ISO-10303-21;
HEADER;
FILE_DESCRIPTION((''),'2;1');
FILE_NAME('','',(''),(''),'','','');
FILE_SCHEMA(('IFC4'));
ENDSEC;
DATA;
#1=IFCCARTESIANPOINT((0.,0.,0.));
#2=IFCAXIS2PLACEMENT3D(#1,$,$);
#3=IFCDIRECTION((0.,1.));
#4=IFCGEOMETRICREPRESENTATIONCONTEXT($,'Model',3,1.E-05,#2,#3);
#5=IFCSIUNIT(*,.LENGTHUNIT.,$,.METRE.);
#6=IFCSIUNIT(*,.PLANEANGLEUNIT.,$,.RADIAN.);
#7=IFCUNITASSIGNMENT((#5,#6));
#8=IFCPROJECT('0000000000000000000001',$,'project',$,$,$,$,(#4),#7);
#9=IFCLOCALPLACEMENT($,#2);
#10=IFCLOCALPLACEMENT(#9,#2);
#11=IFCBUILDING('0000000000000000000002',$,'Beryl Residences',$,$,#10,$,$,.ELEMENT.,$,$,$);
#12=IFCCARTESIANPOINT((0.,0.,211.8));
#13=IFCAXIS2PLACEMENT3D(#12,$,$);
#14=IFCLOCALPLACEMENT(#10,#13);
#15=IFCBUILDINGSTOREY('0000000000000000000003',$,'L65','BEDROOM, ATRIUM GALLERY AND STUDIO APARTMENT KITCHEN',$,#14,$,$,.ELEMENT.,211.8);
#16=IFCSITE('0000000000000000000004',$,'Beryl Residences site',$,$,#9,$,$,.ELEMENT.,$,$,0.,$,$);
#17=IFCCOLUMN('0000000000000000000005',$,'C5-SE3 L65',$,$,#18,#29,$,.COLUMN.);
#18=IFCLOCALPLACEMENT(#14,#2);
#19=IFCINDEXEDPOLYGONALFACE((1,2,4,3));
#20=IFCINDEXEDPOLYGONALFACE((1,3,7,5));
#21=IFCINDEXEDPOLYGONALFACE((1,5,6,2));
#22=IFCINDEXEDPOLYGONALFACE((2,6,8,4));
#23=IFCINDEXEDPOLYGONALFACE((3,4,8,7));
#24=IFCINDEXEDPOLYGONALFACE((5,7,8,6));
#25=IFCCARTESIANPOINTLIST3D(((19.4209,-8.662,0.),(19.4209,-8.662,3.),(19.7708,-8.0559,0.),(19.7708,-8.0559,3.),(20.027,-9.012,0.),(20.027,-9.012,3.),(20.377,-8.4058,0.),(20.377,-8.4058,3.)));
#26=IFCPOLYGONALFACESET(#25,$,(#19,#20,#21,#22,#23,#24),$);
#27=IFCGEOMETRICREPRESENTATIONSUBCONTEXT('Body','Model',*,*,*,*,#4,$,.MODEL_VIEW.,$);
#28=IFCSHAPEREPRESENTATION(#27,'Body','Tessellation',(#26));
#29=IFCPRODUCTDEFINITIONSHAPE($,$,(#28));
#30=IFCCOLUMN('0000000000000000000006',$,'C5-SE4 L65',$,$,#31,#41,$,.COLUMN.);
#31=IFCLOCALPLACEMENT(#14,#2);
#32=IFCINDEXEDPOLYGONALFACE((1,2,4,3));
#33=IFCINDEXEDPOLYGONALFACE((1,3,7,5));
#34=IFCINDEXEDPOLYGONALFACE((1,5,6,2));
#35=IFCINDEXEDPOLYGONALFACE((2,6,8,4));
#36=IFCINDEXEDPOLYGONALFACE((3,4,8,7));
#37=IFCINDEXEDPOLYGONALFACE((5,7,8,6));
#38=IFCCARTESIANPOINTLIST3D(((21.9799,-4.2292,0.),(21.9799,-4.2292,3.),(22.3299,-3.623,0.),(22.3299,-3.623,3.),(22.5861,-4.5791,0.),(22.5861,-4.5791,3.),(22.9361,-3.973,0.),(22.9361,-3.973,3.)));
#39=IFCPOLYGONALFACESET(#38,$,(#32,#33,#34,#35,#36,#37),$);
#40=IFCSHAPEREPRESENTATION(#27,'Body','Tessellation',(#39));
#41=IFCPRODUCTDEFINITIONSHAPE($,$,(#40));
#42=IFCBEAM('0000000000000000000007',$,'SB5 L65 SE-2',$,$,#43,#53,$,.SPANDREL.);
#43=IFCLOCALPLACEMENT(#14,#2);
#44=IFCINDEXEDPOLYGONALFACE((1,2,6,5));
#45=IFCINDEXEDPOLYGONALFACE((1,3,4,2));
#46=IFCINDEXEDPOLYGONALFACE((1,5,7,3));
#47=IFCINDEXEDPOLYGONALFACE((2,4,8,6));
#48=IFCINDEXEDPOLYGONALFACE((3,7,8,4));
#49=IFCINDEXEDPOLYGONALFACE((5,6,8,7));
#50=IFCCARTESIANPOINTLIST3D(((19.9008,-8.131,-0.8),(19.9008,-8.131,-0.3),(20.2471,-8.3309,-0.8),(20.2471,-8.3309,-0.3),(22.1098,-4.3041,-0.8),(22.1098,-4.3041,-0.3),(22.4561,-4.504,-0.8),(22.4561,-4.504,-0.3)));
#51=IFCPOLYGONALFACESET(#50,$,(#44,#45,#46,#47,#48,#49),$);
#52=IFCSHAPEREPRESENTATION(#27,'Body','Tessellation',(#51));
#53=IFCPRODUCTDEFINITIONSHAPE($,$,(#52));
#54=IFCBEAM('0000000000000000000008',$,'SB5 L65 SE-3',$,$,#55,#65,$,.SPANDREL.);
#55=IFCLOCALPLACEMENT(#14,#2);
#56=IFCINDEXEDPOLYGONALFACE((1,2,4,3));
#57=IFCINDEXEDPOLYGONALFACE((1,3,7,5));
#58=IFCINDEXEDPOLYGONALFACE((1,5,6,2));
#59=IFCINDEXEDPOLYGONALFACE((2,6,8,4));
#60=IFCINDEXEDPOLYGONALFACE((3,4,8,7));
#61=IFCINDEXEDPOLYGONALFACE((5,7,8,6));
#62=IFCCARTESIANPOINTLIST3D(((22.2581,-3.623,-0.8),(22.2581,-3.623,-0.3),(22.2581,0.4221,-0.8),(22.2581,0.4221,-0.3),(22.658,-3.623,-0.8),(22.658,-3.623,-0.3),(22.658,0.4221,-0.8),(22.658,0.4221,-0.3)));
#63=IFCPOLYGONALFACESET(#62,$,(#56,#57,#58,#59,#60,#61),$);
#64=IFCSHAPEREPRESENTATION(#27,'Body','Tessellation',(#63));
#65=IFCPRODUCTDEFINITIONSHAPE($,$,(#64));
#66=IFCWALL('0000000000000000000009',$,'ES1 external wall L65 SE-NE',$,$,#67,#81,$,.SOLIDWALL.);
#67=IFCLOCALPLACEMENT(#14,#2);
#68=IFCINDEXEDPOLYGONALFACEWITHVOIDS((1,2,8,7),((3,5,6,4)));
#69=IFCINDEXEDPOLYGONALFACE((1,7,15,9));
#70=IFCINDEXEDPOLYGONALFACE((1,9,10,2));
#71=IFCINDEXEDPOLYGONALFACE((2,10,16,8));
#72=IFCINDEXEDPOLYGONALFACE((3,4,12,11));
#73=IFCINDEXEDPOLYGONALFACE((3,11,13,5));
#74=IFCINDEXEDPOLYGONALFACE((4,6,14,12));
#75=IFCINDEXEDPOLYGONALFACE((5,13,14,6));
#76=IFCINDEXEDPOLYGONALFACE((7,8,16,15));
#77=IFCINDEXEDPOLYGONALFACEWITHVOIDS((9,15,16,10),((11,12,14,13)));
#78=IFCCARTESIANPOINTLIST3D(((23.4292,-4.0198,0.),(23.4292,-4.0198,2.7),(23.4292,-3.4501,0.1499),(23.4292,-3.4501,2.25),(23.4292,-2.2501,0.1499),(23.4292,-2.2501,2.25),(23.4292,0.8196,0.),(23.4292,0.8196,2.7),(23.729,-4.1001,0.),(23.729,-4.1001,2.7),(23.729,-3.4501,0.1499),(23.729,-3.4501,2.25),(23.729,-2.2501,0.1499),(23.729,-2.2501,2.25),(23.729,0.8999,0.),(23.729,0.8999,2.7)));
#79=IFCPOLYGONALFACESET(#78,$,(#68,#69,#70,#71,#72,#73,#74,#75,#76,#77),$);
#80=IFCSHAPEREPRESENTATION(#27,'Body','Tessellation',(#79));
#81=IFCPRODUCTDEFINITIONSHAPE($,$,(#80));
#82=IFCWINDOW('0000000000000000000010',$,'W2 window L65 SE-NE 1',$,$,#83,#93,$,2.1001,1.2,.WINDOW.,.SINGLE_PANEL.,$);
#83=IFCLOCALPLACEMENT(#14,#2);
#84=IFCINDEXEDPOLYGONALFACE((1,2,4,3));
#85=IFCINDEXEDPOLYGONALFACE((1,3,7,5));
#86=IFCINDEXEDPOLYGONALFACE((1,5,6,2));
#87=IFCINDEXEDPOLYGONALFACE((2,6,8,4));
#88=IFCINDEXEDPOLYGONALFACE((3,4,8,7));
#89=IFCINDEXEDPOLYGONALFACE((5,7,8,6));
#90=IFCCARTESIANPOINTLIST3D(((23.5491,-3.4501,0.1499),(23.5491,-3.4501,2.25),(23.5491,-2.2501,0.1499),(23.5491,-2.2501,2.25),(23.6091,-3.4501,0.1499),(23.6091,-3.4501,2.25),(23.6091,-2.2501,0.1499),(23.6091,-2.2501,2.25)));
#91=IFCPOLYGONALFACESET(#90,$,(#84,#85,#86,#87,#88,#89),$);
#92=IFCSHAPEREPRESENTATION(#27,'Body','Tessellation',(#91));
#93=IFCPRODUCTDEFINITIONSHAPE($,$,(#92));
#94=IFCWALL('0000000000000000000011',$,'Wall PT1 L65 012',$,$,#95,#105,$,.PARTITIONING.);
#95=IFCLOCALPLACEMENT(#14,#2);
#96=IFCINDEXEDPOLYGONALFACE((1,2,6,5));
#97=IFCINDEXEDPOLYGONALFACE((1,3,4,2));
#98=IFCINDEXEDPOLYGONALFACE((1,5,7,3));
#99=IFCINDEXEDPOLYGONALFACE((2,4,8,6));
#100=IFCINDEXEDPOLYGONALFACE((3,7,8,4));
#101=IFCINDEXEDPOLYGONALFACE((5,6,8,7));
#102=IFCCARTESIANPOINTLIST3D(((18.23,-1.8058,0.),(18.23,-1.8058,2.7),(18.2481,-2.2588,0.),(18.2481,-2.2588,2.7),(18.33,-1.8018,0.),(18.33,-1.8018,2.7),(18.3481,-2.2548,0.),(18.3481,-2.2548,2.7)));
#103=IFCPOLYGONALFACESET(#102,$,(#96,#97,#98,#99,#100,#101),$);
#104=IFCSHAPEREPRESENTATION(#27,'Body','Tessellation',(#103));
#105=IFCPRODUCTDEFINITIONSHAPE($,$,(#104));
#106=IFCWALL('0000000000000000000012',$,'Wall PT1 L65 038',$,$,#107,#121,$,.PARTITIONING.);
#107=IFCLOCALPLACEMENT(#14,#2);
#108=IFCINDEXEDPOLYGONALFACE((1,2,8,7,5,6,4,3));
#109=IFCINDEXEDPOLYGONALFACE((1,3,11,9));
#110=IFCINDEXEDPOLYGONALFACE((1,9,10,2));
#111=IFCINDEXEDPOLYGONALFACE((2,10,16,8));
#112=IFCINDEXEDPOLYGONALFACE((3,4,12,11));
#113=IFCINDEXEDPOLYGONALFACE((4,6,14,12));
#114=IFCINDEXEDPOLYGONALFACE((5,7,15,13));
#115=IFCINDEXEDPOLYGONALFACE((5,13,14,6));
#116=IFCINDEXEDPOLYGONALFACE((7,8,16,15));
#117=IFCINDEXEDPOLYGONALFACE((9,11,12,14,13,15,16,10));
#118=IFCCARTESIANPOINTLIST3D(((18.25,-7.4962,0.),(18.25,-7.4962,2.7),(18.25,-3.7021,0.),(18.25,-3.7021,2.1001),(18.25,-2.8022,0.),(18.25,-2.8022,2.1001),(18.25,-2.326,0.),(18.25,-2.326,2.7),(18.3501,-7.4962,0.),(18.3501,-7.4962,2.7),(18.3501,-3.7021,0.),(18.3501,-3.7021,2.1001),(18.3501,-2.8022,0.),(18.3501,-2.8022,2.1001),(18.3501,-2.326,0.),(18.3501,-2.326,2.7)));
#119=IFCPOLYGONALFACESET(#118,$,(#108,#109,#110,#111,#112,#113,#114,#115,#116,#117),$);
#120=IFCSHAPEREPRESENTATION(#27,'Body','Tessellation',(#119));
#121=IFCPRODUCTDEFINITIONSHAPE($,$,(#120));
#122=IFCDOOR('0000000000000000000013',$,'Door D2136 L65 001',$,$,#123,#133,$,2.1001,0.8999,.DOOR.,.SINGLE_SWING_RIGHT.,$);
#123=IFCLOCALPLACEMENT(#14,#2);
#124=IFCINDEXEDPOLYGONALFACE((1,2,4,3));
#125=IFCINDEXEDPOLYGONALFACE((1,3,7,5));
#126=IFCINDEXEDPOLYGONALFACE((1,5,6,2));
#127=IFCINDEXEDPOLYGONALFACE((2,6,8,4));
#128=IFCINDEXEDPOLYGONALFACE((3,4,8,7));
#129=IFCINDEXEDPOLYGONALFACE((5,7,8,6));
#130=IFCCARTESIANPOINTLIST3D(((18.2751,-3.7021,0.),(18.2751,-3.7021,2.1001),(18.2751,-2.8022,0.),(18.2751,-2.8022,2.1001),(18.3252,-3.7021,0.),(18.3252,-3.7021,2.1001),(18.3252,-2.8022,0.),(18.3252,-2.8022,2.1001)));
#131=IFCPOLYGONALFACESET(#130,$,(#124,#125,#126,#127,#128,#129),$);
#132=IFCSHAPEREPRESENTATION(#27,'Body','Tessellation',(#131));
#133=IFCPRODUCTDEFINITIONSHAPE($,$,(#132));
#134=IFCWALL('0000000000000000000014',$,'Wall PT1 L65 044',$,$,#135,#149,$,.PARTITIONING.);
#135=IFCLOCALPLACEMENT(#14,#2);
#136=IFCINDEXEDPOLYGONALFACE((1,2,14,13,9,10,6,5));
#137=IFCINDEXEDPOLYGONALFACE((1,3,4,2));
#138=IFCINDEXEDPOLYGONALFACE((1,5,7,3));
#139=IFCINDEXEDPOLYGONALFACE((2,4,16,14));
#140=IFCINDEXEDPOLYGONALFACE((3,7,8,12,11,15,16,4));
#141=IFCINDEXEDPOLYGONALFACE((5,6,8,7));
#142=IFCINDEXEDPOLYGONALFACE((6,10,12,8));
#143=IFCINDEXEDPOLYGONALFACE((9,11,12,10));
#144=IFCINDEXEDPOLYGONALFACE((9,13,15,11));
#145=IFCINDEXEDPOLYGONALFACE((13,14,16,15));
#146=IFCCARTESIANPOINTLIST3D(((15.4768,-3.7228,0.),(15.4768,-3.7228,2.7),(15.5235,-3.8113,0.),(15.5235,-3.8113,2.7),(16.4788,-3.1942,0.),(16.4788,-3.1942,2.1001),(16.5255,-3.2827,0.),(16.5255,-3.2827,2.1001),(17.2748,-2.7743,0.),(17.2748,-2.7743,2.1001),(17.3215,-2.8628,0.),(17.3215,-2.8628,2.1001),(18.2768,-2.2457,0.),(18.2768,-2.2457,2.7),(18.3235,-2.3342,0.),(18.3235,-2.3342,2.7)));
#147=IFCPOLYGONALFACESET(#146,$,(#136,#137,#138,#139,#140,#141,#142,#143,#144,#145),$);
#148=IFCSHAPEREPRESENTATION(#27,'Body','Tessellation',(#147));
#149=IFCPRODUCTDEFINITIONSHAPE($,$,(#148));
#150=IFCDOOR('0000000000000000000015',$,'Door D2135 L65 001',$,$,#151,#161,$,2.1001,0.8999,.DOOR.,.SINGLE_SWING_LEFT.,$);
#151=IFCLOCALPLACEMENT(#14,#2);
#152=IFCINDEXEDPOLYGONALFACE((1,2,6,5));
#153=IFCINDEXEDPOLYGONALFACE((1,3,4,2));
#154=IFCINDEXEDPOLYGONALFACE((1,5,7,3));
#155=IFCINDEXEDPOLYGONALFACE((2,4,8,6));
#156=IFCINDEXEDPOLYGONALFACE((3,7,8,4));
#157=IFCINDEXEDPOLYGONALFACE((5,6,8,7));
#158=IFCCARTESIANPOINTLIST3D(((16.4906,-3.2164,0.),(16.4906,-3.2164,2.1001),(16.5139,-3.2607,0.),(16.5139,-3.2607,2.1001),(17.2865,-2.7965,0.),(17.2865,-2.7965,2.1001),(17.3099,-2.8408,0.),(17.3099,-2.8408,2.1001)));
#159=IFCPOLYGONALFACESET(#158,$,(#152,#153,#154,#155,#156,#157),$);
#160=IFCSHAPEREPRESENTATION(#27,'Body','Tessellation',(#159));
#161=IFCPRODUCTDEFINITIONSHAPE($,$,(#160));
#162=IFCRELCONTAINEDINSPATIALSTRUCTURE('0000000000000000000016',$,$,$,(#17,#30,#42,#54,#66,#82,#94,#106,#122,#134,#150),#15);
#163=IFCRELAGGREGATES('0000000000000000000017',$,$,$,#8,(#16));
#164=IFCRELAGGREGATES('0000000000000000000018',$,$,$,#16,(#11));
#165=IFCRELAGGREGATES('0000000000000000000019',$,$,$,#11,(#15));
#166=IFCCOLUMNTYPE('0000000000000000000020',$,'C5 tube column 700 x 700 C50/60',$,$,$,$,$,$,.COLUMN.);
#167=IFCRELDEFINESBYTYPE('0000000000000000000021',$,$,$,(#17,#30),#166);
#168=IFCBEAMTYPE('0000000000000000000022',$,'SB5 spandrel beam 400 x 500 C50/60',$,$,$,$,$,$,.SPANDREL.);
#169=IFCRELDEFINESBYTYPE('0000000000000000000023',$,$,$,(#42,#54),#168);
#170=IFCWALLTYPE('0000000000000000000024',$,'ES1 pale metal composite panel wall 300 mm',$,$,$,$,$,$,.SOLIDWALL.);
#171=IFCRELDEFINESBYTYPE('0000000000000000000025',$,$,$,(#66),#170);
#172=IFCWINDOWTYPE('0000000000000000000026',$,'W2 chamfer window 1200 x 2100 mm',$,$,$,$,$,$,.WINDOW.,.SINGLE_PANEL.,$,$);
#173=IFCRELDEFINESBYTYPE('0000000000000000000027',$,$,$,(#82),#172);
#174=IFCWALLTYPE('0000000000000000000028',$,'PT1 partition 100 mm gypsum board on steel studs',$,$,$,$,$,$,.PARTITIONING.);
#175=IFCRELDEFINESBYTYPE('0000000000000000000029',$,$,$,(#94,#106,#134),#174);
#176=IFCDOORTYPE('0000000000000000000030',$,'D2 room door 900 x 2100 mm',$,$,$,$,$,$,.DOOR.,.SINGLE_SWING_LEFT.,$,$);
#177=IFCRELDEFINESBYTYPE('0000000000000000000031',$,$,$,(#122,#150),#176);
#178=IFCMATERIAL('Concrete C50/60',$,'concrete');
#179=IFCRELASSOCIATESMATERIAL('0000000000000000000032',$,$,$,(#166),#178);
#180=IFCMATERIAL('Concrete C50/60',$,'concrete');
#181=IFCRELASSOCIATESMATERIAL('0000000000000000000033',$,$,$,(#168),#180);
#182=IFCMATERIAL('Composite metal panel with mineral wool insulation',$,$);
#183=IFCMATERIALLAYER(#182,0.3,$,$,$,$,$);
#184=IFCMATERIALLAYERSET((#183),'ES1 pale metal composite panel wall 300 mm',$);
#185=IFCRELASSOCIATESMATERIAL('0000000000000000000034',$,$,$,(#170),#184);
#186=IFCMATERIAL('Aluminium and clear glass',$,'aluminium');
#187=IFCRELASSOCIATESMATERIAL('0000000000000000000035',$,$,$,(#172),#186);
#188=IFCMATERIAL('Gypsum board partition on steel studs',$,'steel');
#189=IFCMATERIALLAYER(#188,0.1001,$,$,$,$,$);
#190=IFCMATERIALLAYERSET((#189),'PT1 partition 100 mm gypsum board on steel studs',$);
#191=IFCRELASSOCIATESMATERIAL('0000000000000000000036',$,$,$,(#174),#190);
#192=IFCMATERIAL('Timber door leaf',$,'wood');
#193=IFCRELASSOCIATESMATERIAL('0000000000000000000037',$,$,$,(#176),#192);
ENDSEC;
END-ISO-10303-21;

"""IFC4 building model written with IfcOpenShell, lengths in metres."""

from ifc_helpers import new_model, si_unit, direction, frame, frame_2d, origin, origin_2d, place, context, subcontext, project, spatial, polyline, rectangle, outline, extrude, material, layer, layer_set, material_profile, profile_set, type_object, element, fill, save


model = new_model("IFC4")

# Units and contexts
model_context = context("Model", 3, precision=1e-05, world=origin(), true_north=direction((0.0, 1.0)))
body_context = subcontext(model_context, "Body", "Model", "MODEL_VIEW")
ifc_project = project(units=[si_unit("LENGTHUNIT", "METRE"), si_unit("PLANEANGLEUNIT", "RADIAN")], contexts=[model_context])

# Site, building, storey
site_placement = place(None, origin())
site = spatial("IfcSite", under=ifc_project, at=site_placement, Name="Beryl Residences site", CompositionType="ELEMENT", RefElevation=0.0)
building_placement = place(site_placement, origin())
building = spatial("IfcBuilding", under=site, at=building_placement, Name="Beryl Residences", CompositionType="ELEMENT")
storey_placement = place(building_placement, frame((0.0, 0.0, 211.8)))
storey = spatial("IfcBuildingStorey", under=building, at=storey_placement, Name="L65", Description="BEDROOM, ATRIUM GALLERY AND STUDIO APARTMENT KITCHEN", CompositionType="ELEMENT", Elevation=211.8)

# Columns
ifc_material_1 = material(Name="Concrete C50/60", Category="concrete")
ifc_material_profile_1 = material_profile(ifc_material_1, rectangle(XDim=0.7, YDim=0.7, at=origin_2d()))
ifc_profile_set_1 = profile_set([ifc_material_profile_1], Name="Concrete C50/60")
column_type = type_object("IfcColumnType", Name="C5 tube column 700 x 700 C50/60", PredefinedType="COLUMN", material=ifc_profile_set_1)
for number, where, z_axis, x_axis, name in (
    (1, (19.8989, -8.5339, 0.0), (0.0, 0.0, 1.0), (0.499985, 0.866034, 0.0), "C5-SE3 L65"),
    (2, (22.458, -4.1011, 0.0), (0.0, 0.0, 1.0), (0.499985, 0.866034, 0.0), "C5-SE4 L65"),
):
    element("IfcColumn", number, at=place(storey_placement, frame(where, z_axis=z_axis, x_axis=x_axis)), inside=storey, type_object=column_type, Name=name, PredefinedType="COLUMN", context=body_context, shape_type="SweptSolid", body=[
        extrude(rectangle(XDim=0.7, YDim=0.7, at=origin_2d()), origin(), (0.0, 0.0, 1.0), 3.0),
    ])

# Beams
ifc_material_2 = material(Name="Concrete C50/60", Category="concrete")
ifc_material_profile_2 = material_profile(ifc_material_2, rectangle(XDim=0.3999, YDim=0.5, at=origin_2d()))
ifc_profile_set_2 = profile_set([ifc_material_profile_2], Name="Concrete C50/60")
beam_type = type_object("IfcBeamType", Name="SB5 spandrel beam 400 x 500 C50/60", PredefinedType="SPANDREL", material=ifc_profile_set_2)
beam_1_placement = place(storey_placement, frame((20.074, -8.231, -0.55), z_axis=(0.499919, 0.866072, 0.0), x_axis=(-0.866072, 0.499919, 0.0)))
element("IfcBeam", 3, at=beam_1_placement, inside=storey, type_object=beam_type, Name="SB5 L65 SE-2", PredefinedType="SPANDREL", context=body_context, shape_type="SweptSolid", body=[
    extrude(rectangle(XDim=0.3999, YDim=0.5, at=origin_2d()), origin(), (0.0, 0.0, 1.0), 4.4187),
])
beam_2_placement = place(storey_placement, frame((22.458, -3.623, -0.55), z_axis=(0.0, 1.0, 0.0), x_axis=(-1.0, 0.0, 0.0)))
element("IfcBeam", 4, at=beam_2_placement, inside=storey, type_object=beam_type, Name="SB5 L65 SE-3", PredefinedType="SPANDREL", context=body_context, shape_type="SweptSolid", body=[
    extrude(rectangle(XDim=0.3999, YDim=0.5, at=origin_2d()), origin(), (0.0, 0.0, 1.0), 4.0452),
])

# Wall, opening, window
ifc_material_3 = material(Name="Composite metal panel with mineral wool insulation")
ifc_layer_1 = layer(ifc_material_3, 0.3)
ifc_layer_set_1 = layer_set([ifc_layer_1], Name="ES1 pale metal composite panel wall 300 mm")
wall_type_1 = type_object("IfcWallType", Name="ES1 pale metal composite panel wall 300 mm", PredefinedType="SOLIDWALL", material=ifc_layer_set_1)
wall_1_placement = place(storey_placement, frame((23.5791, -4.1001, 0.0), z_axis=(0.0, 0.0, 1.0), x_axis=(0.0, 1.0, 0.0)))
wall_1 = element("IfcWall", 5, at=wall_1_placement, inside=storey, type_object=wall_type_1, Name="ES1 external wall L65 SE-NE", PredefinedType="SOLIDWALL", context=body_context, shape_type="SweptSolid", body=[
    extrude(outline(polyline([(0.0, -0.1499), (5.0, -0.1499), (4.9197, 0.1499), (0.0803, 0.1499), (0.0, -0.1499)])), origin(), (0.0, 0.0, 1.0), 2.7),
])
opening_1_placement = place(wall_1_placement, frame((0.6499, 0.0, 0.1499)))
opening_1 = element("IfcOpeningElement", 6, at=opening_1_placement, cuts=wall_1, PredefinedType="OPENING", context=body_context, shape_type="SweptSolid", body=[
    extrude(rectangle(XDim=1.2, YDim=2.1001, at=frame_2d((0.6001, 1.05))), frame((0.0, 0.1599, 0.0), z_axis=(0.0, -1.0, 0.0), x_axis=(1.0, 0.0, 0.0)), (0.0, 0.0, 1.0), 0.3201),
])
ifc_material_4 = material(Name="Aluminium and clear glass", Category="aluminium")
window_type = type_object("IfcWindowType", Name="W2 chamfer window 1200 x 2100 mm", PartitioningType="SINGLE_PANEL", PredefinedType="WINDOW", material=ifc_material_4)
window_placement = place(opening_1_placement, origin())
window = element("IfcWindow", 7, at=window_placement, inside=storey, type_object=window_type, Name="W2 window L65 SE-NE 1", OverallHeight=2.1001, OverallWidth=1.2, PartitioningType="SINGLE_PANEL", PredefinedType="WINDOW", context=body_context, shape_type="SweptSolid", body=[
    extrude(rectangle(XDim=1.2, YDim=2.1001, at=frame_2d((0.6001, 1.05))), frame((0.0, 0.03, 0.0), z_axis=(0.0, -1.0, 0.0), x_axis=(1.0, 0.0, 0.0)), (0.0, 0.0, 1.0), 0.0601),
])
fill(opening_1, window)

# Wall
ifc_material_5 = material(Name="Gypsum board partition on steel studs", Category="steel")
ifc_layer_2 = layer(ifc_material_5, 0.1001)
ifc_layer_set_2 = layer_set([ifc_layer_2], Name="PT1 partition 100 mm gypsum board on steel studs")
wall_type_2 = type_object("IfcWallType", Name="PT1 partition 100 mm gypsum board on steel studs", PredefinedType="PARTITIONING", material=ifc_layer_set_2)
wall_2_placement = place(storey_placement, frame((18.28, -1.804, 0.0), z_axis=(0.0, 0.0, 1.0), x_axis=(0.039839, -0.999206, 0.0)))
element("IfcWall", 8, at=wall_2_placement, inside=storey, type_object=wall_type_2, Name="Wall PT1 L65 012", PredefinedType="PARTITIONING", context=body_context, shape_type="SweptSolid", body=[
    extrude(rectangle(XDim=0.4534, YDim=0.1001, at=frame_2d((0.2266, 0.0))), origin(), (0.0, 0.0, 1.0), 2.7),
])

# Walls, openings, doors
wall_3_placement = place(storey_placement, frame((18.3, -7.4961, 0.0), z_axis=(0.0, 0.0, 1.0), x_axis=(0.0, 1.0, 0.0)))
wall_3 = element("IfcWall", 9, at=wall_3_placement, inside=storey, type_object=wall_type_2, Name="Wall PT1 L65 038", PredefinedType="PARTITIONING", context=body_context, shape_type="SweptSolid", body=[
    extrude(rectangle(XDim=5.1702, YDim=0.1001, at=frame_2d((2.585, 0.0))), origin(), (0.0, 0.0, 1.0), 2.7),
])
opening_2_placement = place(wall_3_placement, frame((3.7939, 0.0, 0.0)))
opening_2 = element("IfcOpeningElement", 10, at=opening_2_placement, cuts=wall_3, PredefinedType="OPENING", context=body_context, shape_type="SweptSolid", body=[
    extrude(rectangle(XDim=0.8999, YDim=2.1001, at=frame_2d((0.45, 1.05))), frame((0.0, 0.0601, 0.0), z_axis=(0.0, -1.0, 0.0), x_axis=(1.0, 0.0, 0.0)), (0.0, 0.0, 1.0), 0.1201),
])
ifc_material_6 = material(Name="Timber door leaf", Category="wood")
door_type_1 = type_object("IfcDoorType", Name="D2 room door 900 x 2100 mm", OperationType="SINGLE_SWING_LEFT", PredefinedType="DOOR", material=ifc_material_6)
door_1_placement = place(opening_2_placement, origin())
door_1 = element("IfcDoor", 11, at=door_1_placement, inside=storey, type_object=door_type_1, Name="Door D2136 L65 001", OperationType="SINGLE_SWING_RIGHT", OverallHeight=2.1001, OverallWidth=0.8999, PredefinedType="DOOR", context=body_context, shape_type="SweptSolid", body=[
    extrude(rectangle(XDim=0.8999, YDim=2.1001, at=frame_2d((0.45, 1.05))), frame((0.0, 0.0249, 0.0), z_axis=(0.0, -1.0, 0.0), x_axis=(1.0, 0.0, 0.0)), (0.0, 0.0, 1.0), 0.05),
])
fill(opening_2, door_1)
wall_4_placement = place(storey_placement, frame((15.5, -3.7671, 0.0), z_axis=(0.0, 0.0, 1.0), x_axis=(0.884483, 0.466573, 0.0)))
wall_4 = element("IfcWall", 12, at=wall_4_placement, inside=storey, type_object=wall_type_2, Name="Wall PT1 L65 044", PredefinedType="PARTITIONING", context=body_context, shape_type="SweptSolid", body=[
    extrude(rectangle(XDim=3.1658, YDim=0.1001, at=frame_2d((1.583, 0.0))), origin(), (0.0, 0.0, 1.0), 2.7),
])
opening_3_placement = place(wall_4_placement, frame((1.1331, 0.0, 0.0)))
opening_3 = element("IfcOpeningElement", 13, at=opening_3_placement, cuts=wall_4, PredefinedType="OPENING", context=body_context, shape_type="SweptSolid", body=[
    extrude(rectangle(XDim=0.8999, YDim=2.1001, at=frame_2d((0.45, 1.05))), frame((0.0, 0.0601, 0.0), z_axis=(0.0, -1.0, 0.0), x_axis=(1.0, 0.0, 0.0)), (0.0, 0.0, 1.0), 0.1201),
])
door_2_placement = place(opening_3_placement, origin())
door_2 = element("IfcDoor", 14, at=door_2_placement, inside=storey, type_object=door_type_1, Name="Door D2135 L65 001", OperationType="SINGLE_SWING_LEFT", OverallHeight=2.1001, OverallWidth=0.8999, PredefinedType="DOOR", context=body_context, shape_type="SweptSolid", body=[
    extrude(rectangle(XDim=0.8999, YDim=2.1001, at=frame_2d((0.45, 1.05))), frame((0.0, 0.0249, 0.0), z_axis=(0.0, -1.0, 0.0), x_axis=(1.0, 0.0, 0.0)), (0.0, 0.0, 1.0), 0.05),
])
fill(opening_3, door_2)

save(model, "model.ifc")
